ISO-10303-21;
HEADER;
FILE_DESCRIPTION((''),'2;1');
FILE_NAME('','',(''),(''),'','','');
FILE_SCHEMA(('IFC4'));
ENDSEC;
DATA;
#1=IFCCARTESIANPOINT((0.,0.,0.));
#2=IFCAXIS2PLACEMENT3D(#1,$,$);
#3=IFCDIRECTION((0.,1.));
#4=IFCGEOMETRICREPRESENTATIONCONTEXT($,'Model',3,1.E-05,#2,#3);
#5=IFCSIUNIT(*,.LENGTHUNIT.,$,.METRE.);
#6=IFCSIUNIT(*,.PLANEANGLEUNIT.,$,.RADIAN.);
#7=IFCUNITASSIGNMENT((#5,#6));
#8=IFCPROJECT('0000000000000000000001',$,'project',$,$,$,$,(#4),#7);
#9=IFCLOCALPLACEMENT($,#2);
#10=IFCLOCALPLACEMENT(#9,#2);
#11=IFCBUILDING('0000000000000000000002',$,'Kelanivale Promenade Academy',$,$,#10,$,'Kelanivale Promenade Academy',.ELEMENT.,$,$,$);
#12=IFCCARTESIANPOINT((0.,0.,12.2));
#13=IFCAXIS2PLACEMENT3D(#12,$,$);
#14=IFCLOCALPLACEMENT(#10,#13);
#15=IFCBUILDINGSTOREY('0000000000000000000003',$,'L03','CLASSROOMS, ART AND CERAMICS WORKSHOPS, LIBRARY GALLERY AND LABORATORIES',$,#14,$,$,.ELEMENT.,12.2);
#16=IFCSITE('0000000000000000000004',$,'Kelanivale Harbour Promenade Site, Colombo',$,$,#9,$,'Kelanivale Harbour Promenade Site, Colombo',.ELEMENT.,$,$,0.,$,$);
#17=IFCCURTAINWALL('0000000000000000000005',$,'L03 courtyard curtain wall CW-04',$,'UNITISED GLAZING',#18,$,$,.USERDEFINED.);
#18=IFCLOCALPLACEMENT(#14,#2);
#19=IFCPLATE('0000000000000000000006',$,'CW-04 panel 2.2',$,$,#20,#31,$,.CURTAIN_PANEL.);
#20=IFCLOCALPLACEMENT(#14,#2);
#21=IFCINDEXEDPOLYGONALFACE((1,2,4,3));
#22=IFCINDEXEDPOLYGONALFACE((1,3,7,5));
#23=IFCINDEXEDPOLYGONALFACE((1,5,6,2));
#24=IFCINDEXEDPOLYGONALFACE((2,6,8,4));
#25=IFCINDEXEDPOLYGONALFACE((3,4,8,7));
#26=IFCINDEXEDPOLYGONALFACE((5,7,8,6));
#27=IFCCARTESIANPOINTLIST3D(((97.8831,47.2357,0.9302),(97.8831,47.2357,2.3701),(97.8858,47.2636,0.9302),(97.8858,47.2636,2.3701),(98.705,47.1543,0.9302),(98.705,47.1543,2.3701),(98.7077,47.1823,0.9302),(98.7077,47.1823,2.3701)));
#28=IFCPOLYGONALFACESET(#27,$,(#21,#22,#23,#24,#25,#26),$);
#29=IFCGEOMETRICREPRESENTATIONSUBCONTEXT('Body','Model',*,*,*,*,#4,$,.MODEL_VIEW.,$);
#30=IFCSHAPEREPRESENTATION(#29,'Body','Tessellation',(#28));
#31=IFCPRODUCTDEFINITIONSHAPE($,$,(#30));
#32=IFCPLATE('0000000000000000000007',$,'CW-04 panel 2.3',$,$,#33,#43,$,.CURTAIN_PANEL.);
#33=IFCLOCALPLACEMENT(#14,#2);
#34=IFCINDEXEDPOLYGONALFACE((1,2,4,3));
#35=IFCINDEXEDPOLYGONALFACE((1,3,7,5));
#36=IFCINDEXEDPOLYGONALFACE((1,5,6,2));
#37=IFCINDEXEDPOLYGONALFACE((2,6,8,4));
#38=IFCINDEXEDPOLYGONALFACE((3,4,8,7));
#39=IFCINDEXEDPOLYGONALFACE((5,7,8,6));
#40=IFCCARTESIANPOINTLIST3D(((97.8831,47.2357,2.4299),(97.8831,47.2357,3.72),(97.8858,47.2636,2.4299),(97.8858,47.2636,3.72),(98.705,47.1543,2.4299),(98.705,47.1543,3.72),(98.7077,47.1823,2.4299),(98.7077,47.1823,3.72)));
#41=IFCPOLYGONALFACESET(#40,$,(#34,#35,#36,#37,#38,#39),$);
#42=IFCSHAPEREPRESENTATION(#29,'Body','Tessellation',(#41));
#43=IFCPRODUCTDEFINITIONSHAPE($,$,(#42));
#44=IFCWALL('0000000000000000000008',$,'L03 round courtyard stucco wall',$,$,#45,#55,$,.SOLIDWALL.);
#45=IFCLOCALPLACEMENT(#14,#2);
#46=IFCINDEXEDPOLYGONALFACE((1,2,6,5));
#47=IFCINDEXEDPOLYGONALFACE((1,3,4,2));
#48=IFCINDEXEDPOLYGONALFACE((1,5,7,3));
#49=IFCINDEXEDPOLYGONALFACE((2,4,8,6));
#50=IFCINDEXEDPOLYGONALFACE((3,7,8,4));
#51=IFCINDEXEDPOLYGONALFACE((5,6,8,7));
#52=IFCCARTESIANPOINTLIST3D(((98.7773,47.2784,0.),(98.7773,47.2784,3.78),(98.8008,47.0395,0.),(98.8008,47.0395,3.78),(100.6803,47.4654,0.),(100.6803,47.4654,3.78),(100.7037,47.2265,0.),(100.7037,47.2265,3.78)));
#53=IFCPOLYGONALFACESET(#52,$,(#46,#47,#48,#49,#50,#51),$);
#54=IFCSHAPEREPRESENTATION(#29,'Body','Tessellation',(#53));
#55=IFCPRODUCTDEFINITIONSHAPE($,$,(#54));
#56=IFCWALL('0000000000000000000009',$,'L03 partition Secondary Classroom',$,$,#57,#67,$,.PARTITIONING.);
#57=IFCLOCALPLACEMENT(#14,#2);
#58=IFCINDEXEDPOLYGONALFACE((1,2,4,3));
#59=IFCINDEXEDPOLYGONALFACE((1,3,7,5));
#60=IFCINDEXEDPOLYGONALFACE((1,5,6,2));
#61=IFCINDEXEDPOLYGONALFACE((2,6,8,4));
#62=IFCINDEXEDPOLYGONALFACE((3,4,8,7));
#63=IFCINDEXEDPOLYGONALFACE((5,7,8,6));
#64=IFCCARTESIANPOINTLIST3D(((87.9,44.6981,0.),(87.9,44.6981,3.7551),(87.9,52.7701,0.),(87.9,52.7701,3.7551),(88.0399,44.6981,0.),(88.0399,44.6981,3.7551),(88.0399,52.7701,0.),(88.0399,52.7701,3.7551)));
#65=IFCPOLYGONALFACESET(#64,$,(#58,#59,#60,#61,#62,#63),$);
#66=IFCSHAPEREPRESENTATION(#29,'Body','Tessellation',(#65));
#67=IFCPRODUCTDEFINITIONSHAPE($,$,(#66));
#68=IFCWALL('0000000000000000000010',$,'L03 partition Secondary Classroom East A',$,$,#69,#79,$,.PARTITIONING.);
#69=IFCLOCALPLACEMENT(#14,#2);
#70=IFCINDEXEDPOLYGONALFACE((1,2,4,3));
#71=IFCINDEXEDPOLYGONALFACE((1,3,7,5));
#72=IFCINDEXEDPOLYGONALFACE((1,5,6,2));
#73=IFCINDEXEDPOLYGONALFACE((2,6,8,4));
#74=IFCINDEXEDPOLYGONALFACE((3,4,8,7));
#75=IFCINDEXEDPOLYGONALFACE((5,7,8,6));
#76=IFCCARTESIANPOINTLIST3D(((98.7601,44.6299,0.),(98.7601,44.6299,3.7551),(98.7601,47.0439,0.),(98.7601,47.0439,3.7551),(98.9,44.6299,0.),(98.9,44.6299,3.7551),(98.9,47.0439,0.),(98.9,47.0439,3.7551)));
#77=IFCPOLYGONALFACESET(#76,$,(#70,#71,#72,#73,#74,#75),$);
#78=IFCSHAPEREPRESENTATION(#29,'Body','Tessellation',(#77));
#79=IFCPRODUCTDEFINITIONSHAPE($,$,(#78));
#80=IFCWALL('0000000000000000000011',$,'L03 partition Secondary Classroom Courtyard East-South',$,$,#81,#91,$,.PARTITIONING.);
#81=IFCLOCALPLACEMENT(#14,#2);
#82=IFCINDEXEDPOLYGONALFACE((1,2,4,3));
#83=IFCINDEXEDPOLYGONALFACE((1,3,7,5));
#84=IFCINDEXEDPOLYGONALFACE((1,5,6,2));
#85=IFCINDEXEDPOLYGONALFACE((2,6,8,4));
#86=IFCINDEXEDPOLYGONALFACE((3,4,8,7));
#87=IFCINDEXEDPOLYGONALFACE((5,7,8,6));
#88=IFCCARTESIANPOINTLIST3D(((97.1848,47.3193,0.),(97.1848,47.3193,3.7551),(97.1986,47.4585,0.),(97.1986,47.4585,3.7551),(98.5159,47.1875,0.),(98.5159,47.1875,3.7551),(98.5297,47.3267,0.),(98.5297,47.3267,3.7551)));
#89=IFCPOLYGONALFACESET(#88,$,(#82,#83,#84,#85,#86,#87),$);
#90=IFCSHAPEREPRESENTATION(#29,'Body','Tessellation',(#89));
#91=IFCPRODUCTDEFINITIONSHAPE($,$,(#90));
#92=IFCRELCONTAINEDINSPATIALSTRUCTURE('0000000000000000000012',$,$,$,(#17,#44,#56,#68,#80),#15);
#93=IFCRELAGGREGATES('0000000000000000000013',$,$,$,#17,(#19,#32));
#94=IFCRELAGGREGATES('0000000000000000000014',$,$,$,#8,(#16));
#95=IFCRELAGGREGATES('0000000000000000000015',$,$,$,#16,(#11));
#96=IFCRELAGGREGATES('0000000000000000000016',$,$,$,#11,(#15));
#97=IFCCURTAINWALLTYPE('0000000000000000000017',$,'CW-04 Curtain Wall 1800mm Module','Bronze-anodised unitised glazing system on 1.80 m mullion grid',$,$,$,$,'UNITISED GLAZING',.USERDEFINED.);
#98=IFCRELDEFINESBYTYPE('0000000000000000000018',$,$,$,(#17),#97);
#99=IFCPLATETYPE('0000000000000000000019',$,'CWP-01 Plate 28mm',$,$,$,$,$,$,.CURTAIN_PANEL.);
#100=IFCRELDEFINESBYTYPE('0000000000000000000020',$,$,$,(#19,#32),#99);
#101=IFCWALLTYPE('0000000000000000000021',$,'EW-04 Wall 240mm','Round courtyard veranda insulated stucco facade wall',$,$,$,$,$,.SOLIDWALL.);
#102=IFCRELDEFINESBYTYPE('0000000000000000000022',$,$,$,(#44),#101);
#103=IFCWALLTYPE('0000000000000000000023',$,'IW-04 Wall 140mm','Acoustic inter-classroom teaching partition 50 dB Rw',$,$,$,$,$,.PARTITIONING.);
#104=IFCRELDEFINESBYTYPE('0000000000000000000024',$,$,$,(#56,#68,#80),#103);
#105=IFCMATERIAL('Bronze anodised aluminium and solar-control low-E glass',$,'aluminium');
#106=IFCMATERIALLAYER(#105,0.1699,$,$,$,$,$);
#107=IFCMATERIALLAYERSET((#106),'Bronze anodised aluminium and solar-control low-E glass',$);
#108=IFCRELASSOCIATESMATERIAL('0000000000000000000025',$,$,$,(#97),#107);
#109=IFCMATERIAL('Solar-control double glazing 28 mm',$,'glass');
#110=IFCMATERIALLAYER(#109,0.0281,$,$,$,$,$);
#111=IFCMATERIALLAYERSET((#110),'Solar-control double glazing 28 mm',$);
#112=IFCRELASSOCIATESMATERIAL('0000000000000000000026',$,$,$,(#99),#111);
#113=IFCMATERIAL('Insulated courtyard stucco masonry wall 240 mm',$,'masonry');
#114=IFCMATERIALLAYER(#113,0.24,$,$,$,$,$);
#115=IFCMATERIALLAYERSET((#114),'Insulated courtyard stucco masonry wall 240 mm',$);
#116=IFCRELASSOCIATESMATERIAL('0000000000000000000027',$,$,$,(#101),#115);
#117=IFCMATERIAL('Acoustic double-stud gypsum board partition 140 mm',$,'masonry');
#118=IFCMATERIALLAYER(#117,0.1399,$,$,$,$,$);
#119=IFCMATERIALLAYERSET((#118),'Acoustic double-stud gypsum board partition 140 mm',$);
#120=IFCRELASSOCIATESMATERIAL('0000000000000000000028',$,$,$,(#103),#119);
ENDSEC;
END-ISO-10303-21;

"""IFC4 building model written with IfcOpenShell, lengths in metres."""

from ifc_helpers import new_model, si_unit, direction, frame, frame_2d, origin, origin_2d, place, context, subcontext, project, spatial, rectangle, extrude, material, layer, layer_set, type_object, element, aggregate, save


model = new_model("IFC4")

# Units and contexts
model_context = context("Model", 3, precision=1e-05, world=origin(), true_north=direction((0.0, 1.0)))
body_context = subcontext(model_context, "Body", "Model", "MODEL_VIEW")
ifc_project = project(units=[si_unit("LENGTHUNIT", "METRE"), si_unit("PLANEANGLEUNIT", "RADIAN")], contexts=[model_context])

# Site, building, storey
site_placement = place(None, origin())
site = spatial("IfcSite", under=ifc_project, at=site_placement, Name="Kelanivale Harbour Promenade Site, Colombo", LongName="Kelanivale Harbour Promenade Site, Colombo", CompositionType="ELEMENT", RefElevation=0.0)
building_placement = place(site_placement, origin())
building = spatial("IfcBuilding", under=site, at=building_placement, Name="Kelanivale Promenade Academy", LongName="Kelanivale Promenade Academy", CompositionType="ELEMENT")
storey_placement = place(building_placement, frame((0.0, 0.0, 12.2)))
storey = spatial("IfcBuildingStorey", under=building, at=storey_placement, Name="L03", Description="CLASSROOMS, ART AND CERAMICS WORKSHOPS, LIBRARY GALLERY AND LABORATORIES", CompositionType="ELEMENT", Elevation=12.2)

# Shared definitions
ifc_material_1 = material(Name="Bronze anodised aluminium and solar-control low-E glass", Category="aluminium")

# Curtain wall
ifc_layer_1 = layer(ifc_material_1, 0.1699)
ifc_layer_set_1 = layer_set([ifc_layer_1], Name="Bronze anodised aluminium and solar-control low-E glass")
curtain_wall_type_1 = type_object("IfcCurtainWallType", Name="CW-04 Curtain Wall 1800mm Module", Description="Bronze-anodised unitised glazing system on 1.80 m mullion grid", ElementType="UNITISED GLAZING", PredefinedType="USERDEFINED", material=ifc_layer_set_1)
curtain_wall_1_placement = place(storey_placement, origin())
curtain_wall_1 = element("IfcCurtainWall", 1, at=curtain_wall_1_placement, inside=storey, type_object=curtain_wall_type_1, Name="L03 courtyard curtain wall CW-04", ObjectType="UNITISED GLAZING", PredefinedType="USERDEFINED")

# Plates
ifc_material_2 = material(Name="Solar-control double glazing 28 mm", Category="glass")
ifc_layer_2 = layer(ifc_material_2, 0.0281)
ifc_layer_set_2 = layer_set([ifc_layer_2], Name="Solar-control double glazing 28 mm")
plate_type = type_object("IfcPlateType", Name="CWP-01 Plate 28mm", PredefinedType="CURTAIN_PANEL", material=ifc_layer_set_2)
plate_1_placement = place(storey_placement, frame((98.2954, 47.209, 0.9302), z_axis=(0.0, 0.0, 1.0), x_axis=(0.995133, -0.098539, 0.0)))
plate_1 = element("IfcPlate", 2, at=plate_1_placement, type_object=plate_type, Name="CW-04 panel 2.2", PredefinedType="CURTAIN_PANEL", context=body_context, shape_type="SweptSolid", body=[
    extrude(rectangle(XDim=0.8259, YDim=0.0281, at=origin_2d()), origin(), (0.0, 0.0, 1.0), 1.4399),
])
plate_2_placement = place(storey_placement, frame((98.2954, 47.209, 2.4299), z_axis=(0.0, 0.0, 1.0), x_axis=(0.995133, -0.098539, 0.0)))
plate_2 = element("IfcPlate", 3, at=plate_2_placement, type_object=plate_type, Name="CW-04 panel 2.3", PredefinedType="CURTAIN_PANEL", context=body_context, shape_type="SweptSolid", body=[
    extrude(rectangle(XDim=0.8259, YDim=0.0281, at=origin_2d()), origin(), (0.0, 0.0, 1.0), 1.29),
])
aggregate(curtain_wall_1, [plate_1, plate_2])

# Walls
ifc_material_3 = material(Name="Insulated courtyard stucco masonry wall 240 mm", Category="masonry")
ifc_layer_3 = layer(ifc_material_3, 0.24)
ifc_layer_set_3 = layer_set([ifc_layer_3], Name="Insulated courtyard stucco masonry wall 240 mm")
wall_type_1 = type_object("IfcWallType", Name="EW-04 Wall 240mm", Description="Round courtyard veranda insulated stucco facade wall", PredefinedType="SOLIDWALL", material=ifc_layer_set_3)
wall_1_placement = place(storey_placement, frame((98.7891, 47.1589, 0.0), z_axis=(0.0, 0.0, 1.0), x_axis=(0.995205, 0.097809, 0.0)))
element("IfcWall", 4, at=wall_1_placement, inside=storey, type_object=wall_type_1, Name="L03 round courtyard stucco wall", PredefinedType="SOLIDWALL", context=body_context, shape_type="SweptSolid", body=[
    extrude(rectangle(XDim=1.9121, YDim=0.24, at=frame_2d((0.9561, 0.0))), origin(), (0.0, 0.0, 1.0), 3.78),
])
ifc_material_4 = material(Name="Acoustic double-stud gypsum board partition 140 mm", Category="masonry")
ifc_layer_4 = layer(ifc_material_4, 0.1399)
ifc_layer_set_4 = layer_set([ifc_layer_4], Name="Acoustic double-stud gypsum board partition 140 mm")
wall_type_2 = type_object("IfcWallType", Name="IW-04 Wall 140mm", Description="Acoustic inter-classroom teaching partition 50 dB Rw", PredefinedType="PARTITIONING", material=ifc_layer_set_4)
wall_2_placement = place(storey_placement, frame((87.97, 44.698, 0.0), z_axis=(0.0, 0.0, 1.0), x_axis=(0.0, 1.0, 0.0)))
element("IfcWall", 5, at=wall_2_placement, inside=storey, type_object=wall_type_2, Name="L03 partition Secondary Classroom", PredefinedType="PARTITIONING", context=body_context, shape_type="SweptSolid", body=[
    extrude(rectangle(XDim=8.072, YDim=0.1399, at=frame_2d((4.0361, 0.0))), origin(), (0.0, 0.0, 1.0), 3.7551),
])
wall_3_placement = place(storey_placement, frame((98.8301, 47.0439, 0.0), z_axis=(0.0, 0.0, 1.0), x_axis=(0.0, -1.0, 0.0)))
element("IfcWall", 6, at=wall_3_placement, inside=storey, type_object=wall_type_2, Name="L03 partition Secondary Classroom East A", PredefinedType="PARTITIONING", context=body_context, shape_type="SweptSolid", body=[
    extrude(rectangle(XDim=2.4141, YDim=0.1399, at=frame_2d((1.207, 0.0))), origin(), (0.0, 0.0, 1.0), 3.7551),
])
wall_4_placement = place(storey_placement, frame((98.5229, 47.2571, 0.0), z_axis=(0.0, 0.0, 1.0), x_axis=(-0.995131, 0.098564, 0.0)))
element("IfcWall", 7, at=wall_4_placement, inside=storey, type_object=wall_type_2, Name="L03 partition Secondary Classroom Courtyard East-South", PredefinedType="PARTITIONING", context=body_context, shape_type="SweptSolid", body=[
    extrude(rectangle(XDim=1.3376, YDim=0.1399, at=frame_2d((0.6689, 0.0))), origin(), (0.0, 0.0, 1.0), 3.7551),
])

save(model, "model.ifc")
